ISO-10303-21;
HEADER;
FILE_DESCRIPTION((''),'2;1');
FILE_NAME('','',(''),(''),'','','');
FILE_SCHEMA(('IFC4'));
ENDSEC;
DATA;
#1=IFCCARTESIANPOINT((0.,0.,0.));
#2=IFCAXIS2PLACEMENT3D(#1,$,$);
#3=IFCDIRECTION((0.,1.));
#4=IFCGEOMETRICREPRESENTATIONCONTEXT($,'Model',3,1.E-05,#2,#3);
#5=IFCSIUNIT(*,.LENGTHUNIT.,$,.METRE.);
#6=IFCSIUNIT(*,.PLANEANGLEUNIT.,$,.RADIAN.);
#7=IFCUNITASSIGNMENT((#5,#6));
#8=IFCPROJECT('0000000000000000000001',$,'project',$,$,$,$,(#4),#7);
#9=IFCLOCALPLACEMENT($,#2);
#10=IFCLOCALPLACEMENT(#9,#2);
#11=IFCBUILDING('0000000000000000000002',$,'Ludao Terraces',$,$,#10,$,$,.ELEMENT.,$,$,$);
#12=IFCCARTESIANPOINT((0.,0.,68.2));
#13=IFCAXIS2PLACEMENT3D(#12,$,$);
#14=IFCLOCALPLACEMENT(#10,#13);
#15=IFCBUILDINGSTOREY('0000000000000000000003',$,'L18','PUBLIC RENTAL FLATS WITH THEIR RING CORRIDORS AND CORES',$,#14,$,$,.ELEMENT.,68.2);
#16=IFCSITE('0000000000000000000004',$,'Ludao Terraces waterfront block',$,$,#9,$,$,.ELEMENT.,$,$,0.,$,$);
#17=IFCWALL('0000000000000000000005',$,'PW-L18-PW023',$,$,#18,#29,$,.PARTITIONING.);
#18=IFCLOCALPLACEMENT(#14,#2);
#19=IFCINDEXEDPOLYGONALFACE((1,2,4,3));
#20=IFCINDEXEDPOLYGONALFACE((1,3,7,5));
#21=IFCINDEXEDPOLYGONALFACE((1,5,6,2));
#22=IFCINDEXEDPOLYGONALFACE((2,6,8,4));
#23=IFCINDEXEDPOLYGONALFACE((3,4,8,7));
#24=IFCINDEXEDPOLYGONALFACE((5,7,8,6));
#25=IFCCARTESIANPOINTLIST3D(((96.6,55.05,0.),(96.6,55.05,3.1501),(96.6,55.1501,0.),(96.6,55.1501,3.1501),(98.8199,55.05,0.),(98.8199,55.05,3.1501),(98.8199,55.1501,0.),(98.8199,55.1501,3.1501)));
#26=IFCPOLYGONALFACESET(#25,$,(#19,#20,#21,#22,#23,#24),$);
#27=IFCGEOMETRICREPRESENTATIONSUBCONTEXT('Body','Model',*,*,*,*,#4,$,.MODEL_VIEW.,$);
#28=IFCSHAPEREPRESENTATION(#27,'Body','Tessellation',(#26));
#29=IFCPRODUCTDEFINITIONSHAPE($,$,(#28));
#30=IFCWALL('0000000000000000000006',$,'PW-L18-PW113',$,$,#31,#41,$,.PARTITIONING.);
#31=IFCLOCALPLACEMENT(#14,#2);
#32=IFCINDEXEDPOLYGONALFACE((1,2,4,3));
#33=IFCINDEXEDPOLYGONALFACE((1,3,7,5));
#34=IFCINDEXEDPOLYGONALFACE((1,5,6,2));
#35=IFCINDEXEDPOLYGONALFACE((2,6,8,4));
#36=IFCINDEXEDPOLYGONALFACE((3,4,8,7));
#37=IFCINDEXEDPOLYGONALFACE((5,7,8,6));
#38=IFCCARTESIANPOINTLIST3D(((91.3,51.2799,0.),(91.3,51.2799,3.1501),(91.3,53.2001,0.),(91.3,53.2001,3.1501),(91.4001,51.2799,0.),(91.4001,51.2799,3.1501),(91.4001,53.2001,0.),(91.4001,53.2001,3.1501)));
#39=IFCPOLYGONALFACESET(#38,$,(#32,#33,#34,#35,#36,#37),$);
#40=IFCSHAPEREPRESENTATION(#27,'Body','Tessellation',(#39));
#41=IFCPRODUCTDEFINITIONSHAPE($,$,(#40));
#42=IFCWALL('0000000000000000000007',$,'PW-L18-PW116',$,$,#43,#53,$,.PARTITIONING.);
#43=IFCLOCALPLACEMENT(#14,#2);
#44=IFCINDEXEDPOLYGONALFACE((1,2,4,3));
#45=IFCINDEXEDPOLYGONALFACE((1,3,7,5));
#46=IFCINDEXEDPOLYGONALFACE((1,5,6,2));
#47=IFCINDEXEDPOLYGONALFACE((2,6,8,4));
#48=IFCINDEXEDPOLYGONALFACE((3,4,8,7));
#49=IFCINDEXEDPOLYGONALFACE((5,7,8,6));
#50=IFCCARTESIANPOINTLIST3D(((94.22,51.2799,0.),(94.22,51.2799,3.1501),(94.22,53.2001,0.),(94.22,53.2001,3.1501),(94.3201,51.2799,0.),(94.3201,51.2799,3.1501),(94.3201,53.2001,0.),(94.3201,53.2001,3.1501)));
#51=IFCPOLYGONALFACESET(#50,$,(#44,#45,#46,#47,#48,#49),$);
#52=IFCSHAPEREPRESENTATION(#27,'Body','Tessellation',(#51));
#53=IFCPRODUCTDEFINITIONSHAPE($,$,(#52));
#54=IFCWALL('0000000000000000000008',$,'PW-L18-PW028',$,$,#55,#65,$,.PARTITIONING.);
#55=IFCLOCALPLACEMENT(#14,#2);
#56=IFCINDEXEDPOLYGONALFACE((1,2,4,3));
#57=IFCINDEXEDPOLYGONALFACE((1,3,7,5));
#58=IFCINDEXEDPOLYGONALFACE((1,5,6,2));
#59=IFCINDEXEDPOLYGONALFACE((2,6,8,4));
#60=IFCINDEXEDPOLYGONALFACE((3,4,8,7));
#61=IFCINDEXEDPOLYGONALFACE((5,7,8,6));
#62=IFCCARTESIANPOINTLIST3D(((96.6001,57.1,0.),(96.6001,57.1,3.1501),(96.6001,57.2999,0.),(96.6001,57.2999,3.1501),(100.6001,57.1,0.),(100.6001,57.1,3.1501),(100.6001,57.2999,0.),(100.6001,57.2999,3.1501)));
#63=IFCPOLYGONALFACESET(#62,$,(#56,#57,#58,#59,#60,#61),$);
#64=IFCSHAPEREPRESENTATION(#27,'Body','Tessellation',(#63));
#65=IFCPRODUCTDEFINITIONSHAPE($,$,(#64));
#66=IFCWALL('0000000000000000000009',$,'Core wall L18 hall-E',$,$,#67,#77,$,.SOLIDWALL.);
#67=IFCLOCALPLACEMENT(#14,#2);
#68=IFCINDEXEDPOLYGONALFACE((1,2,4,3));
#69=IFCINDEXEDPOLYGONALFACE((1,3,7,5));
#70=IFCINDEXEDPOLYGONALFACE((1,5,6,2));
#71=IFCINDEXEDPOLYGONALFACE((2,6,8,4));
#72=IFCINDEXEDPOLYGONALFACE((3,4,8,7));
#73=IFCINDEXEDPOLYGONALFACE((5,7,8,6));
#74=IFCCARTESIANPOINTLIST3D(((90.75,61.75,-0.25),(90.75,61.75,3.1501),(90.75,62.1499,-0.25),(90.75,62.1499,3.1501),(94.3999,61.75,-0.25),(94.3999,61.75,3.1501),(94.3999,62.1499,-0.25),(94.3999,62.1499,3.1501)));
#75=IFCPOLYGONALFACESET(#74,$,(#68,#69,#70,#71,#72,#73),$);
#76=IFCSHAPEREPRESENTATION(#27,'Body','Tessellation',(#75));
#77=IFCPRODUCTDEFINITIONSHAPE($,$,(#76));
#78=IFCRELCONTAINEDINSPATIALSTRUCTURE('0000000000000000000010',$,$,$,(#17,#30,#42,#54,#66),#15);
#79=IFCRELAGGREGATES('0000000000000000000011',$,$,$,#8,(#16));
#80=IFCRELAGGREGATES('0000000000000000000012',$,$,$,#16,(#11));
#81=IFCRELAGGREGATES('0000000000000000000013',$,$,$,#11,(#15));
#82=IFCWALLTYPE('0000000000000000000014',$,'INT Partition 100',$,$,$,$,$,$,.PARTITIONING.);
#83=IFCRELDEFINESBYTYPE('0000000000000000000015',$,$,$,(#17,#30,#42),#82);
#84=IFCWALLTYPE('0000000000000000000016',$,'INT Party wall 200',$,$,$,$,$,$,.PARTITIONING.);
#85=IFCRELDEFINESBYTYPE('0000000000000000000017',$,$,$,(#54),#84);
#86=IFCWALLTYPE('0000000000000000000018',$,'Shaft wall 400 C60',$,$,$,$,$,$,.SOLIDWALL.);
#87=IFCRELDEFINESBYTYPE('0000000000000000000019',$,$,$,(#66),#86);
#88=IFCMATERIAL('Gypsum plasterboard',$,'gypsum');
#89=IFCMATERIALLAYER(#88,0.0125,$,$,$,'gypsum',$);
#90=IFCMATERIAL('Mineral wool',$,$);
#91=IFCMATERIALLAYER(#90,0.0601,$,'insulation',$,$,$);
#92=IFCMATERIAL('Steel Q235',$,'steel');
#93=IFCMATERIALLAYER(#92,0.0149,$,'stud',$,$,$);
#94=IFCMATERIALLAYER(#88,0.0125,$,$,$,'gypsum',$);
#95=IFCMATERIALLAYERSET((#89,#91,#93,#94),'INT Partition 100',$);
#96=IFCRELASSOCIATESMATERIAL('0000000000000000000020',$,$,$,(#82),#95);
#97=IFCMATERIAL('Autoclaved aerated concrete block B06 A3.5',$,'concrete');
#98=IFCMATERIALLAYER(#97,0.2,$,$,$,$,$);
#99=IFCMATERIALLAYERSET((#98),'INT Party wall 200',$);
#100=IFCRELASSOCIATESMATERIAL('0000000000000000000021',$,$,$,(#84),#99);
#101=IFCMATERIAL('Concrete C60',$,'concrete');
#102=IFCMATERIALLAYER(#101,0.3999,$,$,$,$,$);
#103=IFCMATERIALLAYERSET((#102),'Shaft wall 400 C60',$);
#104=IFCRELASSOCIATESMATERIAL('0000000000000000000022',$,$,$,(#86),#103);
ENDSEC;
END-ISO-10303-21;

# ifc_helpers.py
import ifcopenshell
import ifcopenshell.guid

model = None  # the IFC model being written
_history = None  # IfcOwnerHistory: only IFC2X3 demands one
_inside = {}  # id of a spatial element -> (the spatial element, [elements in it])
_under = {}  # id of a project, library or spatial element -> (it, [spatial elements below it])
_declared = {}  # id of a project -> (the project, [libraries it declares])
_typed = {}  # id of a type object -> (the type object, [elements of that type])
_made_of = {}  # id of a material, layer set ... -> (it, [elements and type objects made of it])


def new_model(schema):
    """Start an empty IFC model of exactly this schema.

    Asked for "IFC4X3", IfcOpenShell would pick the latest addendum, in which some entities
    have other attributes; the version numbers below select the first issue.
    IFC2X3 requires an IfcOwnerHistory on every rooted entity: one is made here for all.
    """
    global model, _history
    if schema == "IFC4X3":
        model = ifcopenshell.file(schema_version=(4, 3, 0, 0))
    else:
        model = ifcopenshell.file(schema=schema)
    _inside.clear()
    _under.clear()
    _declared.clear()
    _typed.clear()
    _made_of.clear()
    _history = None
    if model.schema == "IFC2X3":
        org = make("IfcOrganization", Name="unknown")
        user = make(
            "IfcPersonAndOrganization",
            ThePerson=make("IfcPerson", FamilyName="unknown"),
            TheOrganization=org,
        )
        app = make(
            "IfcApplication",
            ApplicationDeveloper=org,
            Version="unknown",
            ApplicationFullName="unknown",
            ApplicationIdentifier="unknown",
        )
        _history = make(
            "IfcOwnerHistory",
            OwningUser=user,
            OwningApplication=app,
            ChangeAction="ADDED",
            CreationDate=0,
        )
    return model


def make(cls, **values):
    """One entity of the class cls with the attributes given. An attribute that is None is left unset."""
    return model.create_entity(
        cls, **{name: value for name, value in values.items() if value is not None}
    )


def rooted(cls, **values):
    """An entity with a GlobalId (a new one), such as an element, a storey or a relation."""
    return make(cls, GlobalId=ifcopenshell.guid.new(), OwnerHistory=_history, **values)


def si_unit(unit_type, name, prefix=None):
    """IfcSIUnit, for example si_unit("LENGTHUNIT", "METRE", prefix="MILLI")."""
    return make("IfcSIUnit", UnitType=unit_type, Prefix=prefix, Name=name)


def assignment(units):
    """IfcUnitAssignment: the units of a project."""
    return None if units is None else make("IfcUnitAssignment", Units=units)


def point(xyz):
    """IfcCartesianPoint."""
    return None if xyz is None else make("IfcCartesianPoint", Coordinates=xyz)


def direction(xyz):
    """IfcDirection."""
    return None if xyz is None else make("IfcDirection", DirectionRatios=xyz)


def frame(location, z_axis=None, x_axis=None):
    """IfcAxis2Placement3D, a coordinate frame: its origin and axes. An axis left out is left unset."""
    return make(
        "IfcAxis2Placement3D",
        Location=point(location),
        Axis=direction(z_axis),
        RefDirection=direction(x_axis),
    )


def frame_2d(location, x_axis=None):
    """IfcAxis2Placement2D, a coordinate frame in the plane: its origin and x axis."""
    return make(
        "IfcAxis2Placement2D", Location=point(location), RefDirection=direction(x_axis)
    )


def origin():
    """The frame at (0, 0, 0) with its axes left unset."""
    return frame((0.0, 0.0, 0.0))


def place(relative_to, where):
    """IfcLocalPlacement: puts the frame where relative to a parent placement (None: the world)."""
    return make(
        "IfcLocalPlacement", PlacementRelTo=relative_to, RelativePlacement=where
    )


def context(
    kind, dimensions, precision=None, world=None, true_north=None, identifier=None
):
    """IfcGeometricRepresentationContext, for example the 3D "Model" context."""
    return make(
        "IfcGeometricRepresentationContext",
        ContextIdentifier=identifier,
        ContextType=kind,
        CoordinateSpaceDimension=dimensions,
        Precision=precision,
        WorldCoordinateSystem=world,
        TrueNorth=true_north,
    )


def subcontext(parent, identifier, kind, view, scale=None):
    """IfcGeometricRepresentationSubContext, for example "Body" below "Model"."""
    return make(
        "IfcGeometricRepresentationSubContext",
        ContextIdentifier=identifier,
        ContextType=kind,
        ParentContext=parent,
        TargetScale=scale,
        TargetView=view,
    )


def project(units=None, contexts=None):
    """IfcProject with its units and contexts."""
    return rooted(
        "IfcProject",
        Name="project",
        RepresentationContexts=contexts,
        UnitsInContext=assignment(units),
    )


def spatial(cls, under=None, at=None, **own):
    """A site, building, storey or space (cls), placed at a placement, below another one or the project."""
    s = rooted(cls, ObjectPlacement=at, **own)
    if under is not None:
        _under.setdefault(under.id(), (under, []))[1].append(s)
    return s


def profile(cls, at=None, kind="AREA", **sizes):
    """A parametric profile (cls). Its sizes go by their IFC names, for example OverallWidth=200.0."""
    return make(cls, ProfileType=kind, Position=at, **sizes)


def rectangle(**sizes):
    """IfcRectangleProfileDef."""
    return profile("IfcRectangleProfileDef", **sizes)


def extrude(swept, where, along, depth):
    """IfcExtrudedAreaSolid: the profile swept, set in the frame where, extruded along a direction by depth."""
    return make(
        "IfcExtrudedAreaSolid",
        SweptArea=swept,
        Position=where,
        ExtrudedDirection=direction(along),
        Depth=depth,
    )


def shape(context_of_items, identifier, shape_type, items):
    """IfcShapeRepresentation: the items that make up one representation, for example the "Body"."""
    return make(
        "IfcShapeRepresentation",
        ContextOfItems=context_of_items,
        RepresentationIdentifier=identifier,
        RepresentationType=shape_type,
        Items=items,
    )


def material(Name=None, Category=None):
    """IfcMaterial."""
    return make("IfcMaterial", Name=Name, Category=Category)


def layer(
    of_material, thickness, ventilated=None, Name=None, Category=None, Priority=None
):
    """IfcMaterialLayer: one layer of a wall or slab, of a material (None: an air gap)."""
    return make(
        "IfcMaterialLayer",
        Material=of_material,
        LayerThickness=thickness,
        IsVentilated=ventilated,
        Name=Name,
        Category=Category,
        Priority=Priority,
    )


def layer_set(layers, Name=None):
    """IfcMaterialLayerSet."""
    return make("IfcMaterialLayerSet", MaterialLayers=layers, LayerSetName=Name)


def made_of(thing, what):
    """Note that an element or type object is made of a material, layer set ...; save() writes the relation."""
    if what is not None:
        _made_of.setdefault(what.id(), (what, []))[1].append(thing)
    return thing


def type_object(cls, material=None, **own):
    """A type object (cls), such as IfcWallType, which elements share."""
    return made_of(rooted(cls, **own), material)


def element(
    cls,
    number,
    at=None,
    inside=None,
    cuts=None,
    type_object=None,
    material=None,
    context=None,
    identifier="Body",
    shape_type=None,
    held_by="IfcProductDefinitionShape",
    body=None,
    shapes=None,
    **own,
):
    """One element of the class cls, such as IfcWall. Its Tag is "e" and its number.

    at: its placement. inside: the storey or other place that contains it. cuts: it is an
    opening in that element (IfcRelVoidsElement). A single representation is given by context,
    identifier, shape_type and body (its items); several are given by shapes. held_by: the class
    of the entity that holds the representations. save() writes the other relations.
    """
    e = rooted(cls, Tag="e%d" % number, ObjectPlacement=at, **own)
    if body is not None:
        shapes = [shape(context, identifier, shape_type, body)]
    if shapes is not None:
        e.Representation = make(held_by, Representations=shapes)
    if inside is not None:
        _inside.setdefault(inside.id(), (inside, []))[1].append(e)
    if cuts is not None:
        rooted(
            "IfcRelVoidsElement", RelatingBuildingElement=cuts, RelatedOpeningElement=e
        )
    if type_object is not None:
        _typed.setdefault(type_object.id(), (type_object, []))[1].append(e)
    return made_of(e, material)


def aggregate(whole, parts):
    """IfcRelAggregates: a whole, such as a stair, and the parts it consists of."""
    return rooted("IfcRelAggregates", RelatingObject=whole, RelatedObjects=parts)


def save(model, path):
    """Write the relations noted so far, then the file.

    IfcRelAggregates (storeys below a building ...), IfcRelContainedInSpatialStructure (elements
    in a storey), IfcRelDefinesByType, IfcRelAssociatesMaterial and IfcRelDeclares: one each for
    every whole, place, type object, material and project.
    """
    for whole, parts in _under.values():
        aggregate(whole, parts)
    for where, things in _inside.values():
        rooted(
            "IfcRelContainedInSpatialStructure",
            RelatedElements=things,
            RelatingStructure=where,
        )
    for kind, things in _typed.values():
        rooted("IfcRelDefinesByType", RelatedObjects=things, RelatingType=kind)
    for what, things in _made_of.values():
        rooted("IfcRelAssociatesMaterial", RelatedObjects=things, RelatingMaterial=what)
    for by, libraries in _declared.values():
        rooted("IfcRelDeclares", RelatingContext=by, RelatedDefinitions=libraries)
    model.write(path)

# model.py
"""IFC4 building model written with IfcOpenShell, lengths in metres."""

from ifc_helpers import new_model, si_unit, direction, frame, frame_2d, origin, place, context, subcontext, project, spatial, rectangle, extrude, material, layer, layer_set, type_object, element, save


model = new_model("IFC4")

# Units and contexts
model_context = context("Model", 3, precision=1e-05, world=origin(), true_north=direction((0.0, 1.0)))
body_context = subcontext(model_context, "Body", "Model", "MODEL_VIEW")
ifc_project = project(units=[si_unit("LENGTHUNIT", "METRE"), si_unit("PLANEANGLEUNIT", "RADIAN")], contexts=[model_context])

# Site, building, storey
site_placement = place(None, origin())
site = spatial("IfcSite", under=ifc_project, at=site_placement, Name="Ludao Terraces waterfront block", CompositionType="ELEMENT", RefElevation=0.0)
building_placement = place(site_placement, origin())
building = spatial("IfcBuilding", under=site, at=building_placement, Name="Ludao Terraces", CompositionType="ELEMENT")
storey_placement = place(building_placement, frame((0.0, 0.0, 68.2)))
storey = spatial("IfcBuildingStorey", under=building, at=storey_placement, Name="L18", Description="PUBLIC RENTAL FLATS WITH THEIR RING CORRIDORS AND CORES", CompositionType="ELEMENT", Elevation=68.2)

# Shared definitions
ifc_material_1 = material(Name="Steel Q235", Category="steel")

# Walls
ifc_material_2 = material(Name="Gypsum plasterboard", Category="gypsum")
ifc_layer_1 = layer(ifc_material_2, 0.0125, Category="gypsum")
ifc_material_3 = material(Name="Mineral wool")
ifc_layer_2 = layer(ifc_material_3, 0.0601, Name="insulation")
ifc_layer_3 = layer(ifc_material_1, 0.0149, Name="stud")
ifc_layer_4 = layer(ifc_material_2, 0.0125, Category="gypsum")
ifc_layer_set_1 = layer_set([ifc_layer_1, ifc_layer_2, ifc_layer_3, ifc_layer_4], Name="INT Partition 100")
wall_type_1 = type_object("IfcWallType", Name="INT Partition 100", PredefinedType="PARTITIONING", material=ifc_layer_set_1)
for number, where, z_axis, x_axis, name in (
    (1, (96.6001, 55.1001, 0.0), (0.0, 0.0, 1.0), (1.0, 0.0, 0.0), "PW-L18-PW023"),
):
    element("IfcWall", number, at=place(storey_placement, frame(where, z_axis=z_axis, x_axis=x_axis)), inside=storey, type_object=wall_type_1, Name=name, PredefinedType="PARTITIONING", context=body_context, shape_type="SweptSolid", body=[
        extrude(rectangle(XDim=2.22, YDim=0.1001, at=frame_2d((1.1099, 0.0))), origin(), (0.0, 0.0, 1.0), 3.1501),
    ])
for number, where, z_axis, x_axis, name in (
    (2, (91.3501, 51.28, 0.0), (0.0, 0.0, 1.0), (0.0, 1.0, 0.0), "PW-L18-PW113"),
    (3, (94.27, 51.28, 0.0), (0.0, 0.0, 1.0), (0.0, 1.0, 0.0), "PW-L18-PW116"),
):
    element("IfcWall", number, at=place(storey_placement, frame(where, z_axis=z_axis, x_axis=x_axis)), inside=storey, type_object=wall_type_1, Name=name, PredefinedType="PARTITIONING", context=body_context, shape_type="SweptSolid", body=[
        extrude(rectangle(XDim=1.9202, YDim=0.1001, at=frame_2d((0.96, 0.0))), origin(), (0.0, 0.0, 1.0), 3.1501),
    ])
ifc_material_4 = material(Name="Autoclaved aerated concrete block B06 A3.5", Category="concrete")
ifc_layer_5 = layer(ifc_material_4, 0.2)
ifc_layer_set_2 = layer_set([ifc_layer_5], Name="INT Party wall 200")
wall_type_2 = type_object("IfcWallType", Name="INT Party wall 200", PredefinedType="PARTITIONING", material=ifc_layer_set_2)
wall_1_placement = place(storey_placement, frame((96.6001, 57.2, 0.0), z_axis=(0.0, 0.0, 1.0), x_axis=(1.0, 0.0, 0.0)))
element("IfcWall", 4, at=wall_1_placement, inside=storey, type_object=wall_type_2, Name="PW-L18-PW028", PredefinedType="PARTITIONING", context=body_context, shape_type="SweptSolid", body=[
    extrude(rectangle(XDim=4.0, YDim=0.2, at=frame_2d((2.0, 0.0))), origin(), (0.0, 0.0, 1.0), 3.1501),
])
ifc_material_5 = material(Name="Concrete C60", Category="concrete")
ifc_layer_6 = layer(ifc_material_5, 0.3999)
ifc_layer_set_3 = layer_set([ifc_layer_6], Name="Shaft wall 400 C60")
wall_type_3 = type_object("IfcWallType", Name="Shaft wall 400 C60", PredefinedType="SOLIDWALL", material=ifc_layer_set_3)
wall_2_placement = place(storey_placement, frame((90.75, 61.95, -0.25), z_axis=(0.0, 0.0, 1.0), x_axis=(1.0, 0.0, 0.0)))
element("IfcWall", 5, at=wall_2_placement, inside=storey, type_object=wall_type_3, Name="Core wall L18 hall-E", PredefinedType="SOLIDWALL", context=body_context, shape_type="SweptSolid", body=[
    extrude(rectangle(XDim=3.6499, YDim=0.3999, at=frame_2d((1.825, 0.0))), origin(), (0.0, 0.0, 1.0), 3.4001),
])

save(model, "model.ifc")
